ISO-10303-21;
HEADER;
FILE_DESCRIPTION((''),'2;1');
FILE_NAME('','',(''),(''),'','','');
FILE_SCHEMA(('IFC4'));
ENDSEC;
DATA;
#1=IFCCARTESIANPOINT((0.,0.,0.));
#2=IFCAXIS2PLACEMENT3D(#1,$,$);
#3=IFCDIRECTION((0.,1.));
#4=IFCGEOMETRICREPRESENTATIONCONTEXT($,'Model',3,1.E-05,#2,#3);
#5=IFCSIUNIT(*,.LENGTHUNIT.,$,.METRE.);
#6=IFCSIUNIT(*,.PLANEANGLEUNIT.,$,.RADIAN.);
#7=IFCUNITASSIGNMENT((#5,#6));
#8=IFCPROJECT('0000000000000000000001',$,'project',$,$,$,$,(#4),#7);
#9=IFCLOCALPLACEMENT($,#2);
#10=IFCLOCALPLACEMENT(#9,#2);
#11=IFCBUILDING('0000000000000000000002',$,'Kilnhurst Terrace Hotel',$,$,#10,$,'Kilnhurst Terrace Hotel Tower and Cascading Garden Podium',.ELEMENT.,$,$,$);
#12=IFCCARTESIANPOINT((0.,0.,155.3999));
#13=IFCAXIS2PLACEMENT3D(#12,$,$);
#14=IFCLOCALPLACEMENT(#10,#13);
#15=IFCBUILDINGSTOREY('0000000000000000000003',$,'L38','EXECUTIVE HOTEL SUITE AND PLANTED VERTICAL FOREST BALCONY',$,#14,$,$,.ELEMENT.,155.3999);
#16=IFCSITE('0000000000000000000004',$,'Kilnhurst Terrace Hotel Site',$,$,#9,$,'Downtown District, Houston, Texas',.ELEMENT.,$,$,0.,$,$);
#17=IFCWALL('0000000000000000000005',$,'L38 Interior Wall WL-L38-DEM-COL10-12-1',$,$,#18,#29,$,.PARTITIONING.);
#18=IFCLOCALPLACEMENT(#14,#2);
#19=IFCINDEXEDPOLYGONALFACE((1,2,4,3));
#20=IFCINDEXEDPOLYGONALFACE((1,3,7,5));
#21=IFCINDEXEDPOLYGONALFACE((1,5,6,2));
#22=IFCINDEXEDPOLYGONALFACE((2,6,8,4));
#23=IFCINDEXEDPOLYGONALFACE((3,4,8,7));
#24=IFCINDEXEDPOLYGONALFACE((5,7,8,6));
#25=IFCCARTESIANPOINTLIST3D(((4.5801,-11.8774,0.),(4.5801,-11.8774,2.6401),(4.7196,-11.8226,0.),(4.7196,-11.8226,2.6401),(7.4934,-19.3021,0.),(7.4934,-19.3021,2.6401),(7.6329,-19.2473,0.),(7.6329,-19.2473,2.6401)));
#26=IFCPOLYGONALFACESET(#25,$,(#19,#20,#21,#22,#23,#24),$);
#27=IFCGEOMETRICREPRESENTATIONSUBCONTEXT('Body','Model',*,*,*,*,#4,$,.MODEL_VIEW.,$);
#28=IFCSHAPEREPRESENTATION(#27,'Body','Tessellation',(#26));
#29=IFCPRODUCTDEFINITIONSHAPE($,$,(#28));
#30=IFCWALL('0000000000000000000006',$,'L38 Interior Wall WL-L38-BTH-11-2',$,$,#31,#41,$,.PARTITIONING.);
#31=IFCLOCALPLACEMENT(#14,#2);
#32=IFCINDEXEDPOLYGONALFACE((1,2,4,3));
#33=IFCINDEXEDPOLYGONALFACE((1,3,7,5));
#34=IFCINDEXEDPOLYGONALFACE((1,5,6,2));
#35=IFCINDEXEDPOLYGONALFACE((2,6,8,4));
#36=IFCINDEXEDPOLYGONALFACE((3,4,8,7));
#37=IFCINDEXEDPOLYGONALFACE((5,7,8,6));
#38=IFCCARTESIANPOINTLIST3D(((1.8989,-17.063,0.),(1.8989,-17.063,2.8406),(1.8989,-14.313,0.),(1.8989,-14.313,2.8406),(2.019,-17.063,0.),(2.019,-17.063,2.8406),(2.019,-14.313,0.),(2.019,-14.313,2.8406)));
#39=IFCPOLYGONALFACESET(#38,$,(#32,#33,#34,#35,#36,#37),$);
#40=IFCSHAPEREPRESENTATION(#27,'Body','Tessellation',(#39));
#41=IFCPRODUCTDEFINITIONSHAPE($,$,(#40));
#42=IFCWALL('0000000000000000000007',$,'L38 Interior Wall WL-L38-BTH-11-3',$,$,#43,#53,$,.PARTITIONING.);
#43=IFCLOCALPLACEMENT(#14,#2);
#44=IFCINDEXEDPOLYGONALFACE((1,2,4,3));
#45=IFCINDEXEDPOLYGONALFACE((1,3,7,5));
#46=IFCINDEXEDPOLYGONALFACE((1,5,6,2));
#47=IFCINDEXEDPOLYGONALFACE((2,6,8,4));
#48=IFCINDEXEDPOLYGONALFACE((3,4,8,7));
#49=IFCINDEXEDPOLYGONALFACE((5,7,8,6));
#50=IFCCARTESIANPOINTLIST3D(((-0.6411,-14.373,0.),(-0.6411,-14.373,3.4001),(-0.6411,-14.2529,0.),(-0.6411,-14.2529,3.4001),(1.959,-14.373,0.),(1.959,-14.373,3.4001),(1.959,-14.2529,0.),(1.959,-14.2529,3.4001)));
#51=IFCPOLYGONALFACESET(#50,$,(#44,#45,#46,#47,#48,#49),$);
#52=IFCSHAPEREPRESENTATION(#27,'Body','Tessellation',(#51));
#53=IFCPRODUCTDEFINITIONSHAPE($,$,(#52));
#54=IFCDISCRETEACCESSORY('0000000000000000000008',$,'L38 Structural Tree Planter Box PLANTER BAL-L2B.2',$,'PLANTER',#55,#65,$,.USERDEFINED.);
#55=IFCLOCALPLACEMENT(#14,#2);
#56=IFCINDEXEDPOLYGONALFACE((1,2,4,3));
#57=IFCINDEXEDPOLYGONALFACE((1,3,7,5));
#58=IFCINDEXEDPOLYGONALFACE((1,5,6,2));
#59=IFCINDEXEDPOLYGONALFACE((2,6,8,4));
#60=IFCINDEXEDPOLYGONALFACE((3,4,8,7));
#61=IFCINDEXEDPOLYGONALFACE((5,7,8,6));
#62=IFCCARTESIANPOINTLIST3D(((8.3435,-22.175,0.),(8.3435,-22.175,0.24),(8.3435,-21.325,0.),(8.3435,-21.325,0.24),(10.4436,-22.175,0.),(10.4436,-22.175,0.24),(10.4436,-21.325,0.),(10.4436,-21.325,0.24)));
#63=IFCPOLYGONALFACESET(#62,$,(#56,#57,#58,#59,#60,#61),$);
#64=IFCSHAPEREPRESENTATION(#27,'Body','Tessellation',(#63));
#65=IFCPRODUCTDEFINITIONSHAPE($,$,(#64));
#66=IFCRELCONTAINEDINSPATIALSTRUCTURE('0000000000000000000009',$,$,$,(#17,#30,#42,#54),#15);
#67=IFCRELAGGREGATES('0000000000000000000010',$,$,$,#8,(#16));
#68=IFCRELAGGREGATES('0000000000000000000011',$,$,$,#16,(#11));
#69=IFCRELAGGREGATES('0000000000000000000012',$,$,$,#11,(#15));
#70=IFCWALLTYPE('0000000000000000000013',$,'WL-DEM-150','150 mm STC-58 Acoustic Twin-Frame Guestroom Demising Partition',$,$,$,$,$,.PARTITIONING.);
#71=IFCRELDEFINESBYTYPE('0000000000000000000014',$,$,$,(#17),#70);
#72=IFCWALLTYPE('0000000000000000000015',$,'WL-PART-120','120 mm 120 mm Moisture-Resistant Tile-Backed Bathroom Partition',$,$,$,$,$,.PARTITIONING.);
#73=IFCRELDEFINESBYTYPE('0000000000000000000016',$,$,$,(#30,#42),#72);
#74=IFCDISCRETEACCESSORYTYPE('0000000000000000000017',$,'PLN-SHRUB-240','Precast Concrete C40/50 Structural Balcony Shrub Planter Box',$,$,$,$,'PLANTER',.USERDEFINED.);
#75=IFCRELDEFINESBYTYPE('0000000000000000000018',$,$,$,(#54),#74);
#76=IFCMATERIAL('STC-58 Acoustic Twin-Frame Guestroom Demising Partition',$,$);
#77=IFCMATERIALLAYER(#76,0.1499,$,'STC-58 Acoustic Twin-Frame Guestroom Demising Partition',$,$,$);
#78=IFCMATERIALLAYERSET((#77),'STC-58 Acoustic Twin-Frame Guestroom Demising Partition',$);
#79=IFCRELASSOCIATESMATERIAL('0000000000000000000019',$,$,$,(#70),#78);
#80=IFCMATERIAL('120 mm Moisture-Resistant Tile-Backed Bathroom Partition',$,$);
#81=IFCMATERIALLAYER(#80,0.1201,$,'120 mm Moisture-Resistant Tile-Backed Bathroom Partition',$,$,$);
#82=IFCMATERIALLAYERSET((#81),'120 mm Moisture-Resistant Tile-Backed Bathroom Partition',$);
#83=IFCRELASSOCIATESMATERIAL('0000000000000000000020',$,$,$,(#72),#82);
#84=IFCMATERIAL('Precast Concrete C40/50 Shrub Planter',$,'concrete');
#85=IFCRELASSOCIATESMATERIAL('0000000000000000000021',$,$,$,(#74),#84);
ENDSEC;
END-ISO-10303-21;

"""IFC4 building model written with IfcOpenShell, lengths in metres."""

from ifc_helpers import new_model, si_unit, direction, frame, frame_2d, origin, origin_2d, place, context, subcontext, project, spatial, rectangle, extrude, material, layer, layer_set, type_object, element, save


model = new_model("IFC4")

# Units and contexts
model_context = context("Model", 3, precision=1e-05, world=origin(), true_north=direction((0.0, 1.0)))
body_context = subcontext(model_context, "Body", "Model", "MODEL_VIEW")
ifc_project = project(units=[si_unit("LENGTHUNIT", "METRE"), si_unit("PLANEANGLEUNIT", "RADIAN")], contexts=[model_context])

# Site, building, storey
site_placement = place(None, origin())
site = spatial("IfcSite", under=ifc_project, at=site_placement, Name="Kilnhurst Terrace Hotel Site", LongName="Downtown District, Houston, Texas", CompositionType="ELEMENT", RefElevation=0.0)
building_placement = place(site_placement, origin())
building = spatial("IfcBuilding", under=site, at=building_placement, Name="Kilnhurst Terrace Hotel", LongName="Kilnhurst Terrace Hotel Tower and Cascading Garden Podium", CompositionType="ELEMENT")
storey_placement = place(building_placement, frame((0.0, 0.0, 155.3999)))
storey = spatial("IfcBuildingStorey", under=building, at=storey_placement, Name="L38", Description="EXECUTIVE HOTEL SUITE AND PLANTED VERTICAL FOREST BALCONY", CompositionType="ELEMENT", Elevation=155.3999)

# Walls
ifc_material_1 = material(Name="STC-58 Acoustic Twin-Frame Guestroom Demising Partition")
ifc_layer_1 = layer(ifc_material_1, 0.1499, Name="STC-58 Acoustic Twin-Frame Guestroom Demising Partition")
ifc_layer_set_1 = layer_set([ifc_layer_1], Name="STC-58 Acoustic Twin-Frame Guestroom Demising Partition")
wall_type_1 = type_object("IfcWallType", Name="WL-DEM-150", Description="150 mm STC-58 Acoustic Twin-Frame Guestroom Demising Partition", PredefinedType="PARTITIONING", material=ifc_layer_set_1)
wall_1_placement = place(storey_placement, frame((4.6499, -11.8501, 0.0), z_axis=(0.0, 0.0, 1.0), x_axis=(0.365266, -0.930903, 0.0)))
element("IfcWall", 1, at=wall_1_placement, inside=storey, type_object=wall_type_1, Name="L38 Interior Wall WL-L38-DEM-COL10-12-1", PredefinedType="PARTITIONING", context=body_context, shape_type="SweptSolid", body=[
    extrude(rectangle(XDim=7.9758, YDim=0.1499, at=frame_2d((3.9878, 0.0))), origin(), (0.0, 0.0, 1.0), 2.6401),
])
ifc_material_2 = material(Name="120 mm Moisture-Resistant Tile-Backed Bathroom Partition")
ifc_layer_2 = layer(ifc_material_2, 0.1201, Name="120 mm Moisture-Resistant Tile-Backed Bathroom Partition")
ifc_layer_set_2 = layer_set([ifc_layer_2], Name="120 mm Moisture-Resistant Tile-Backed Bathroom Partition")
wall_type_2 = type_object("IfcWallType", Name="WL-PART-120", Description="120 mm 120 mm Moisture-Resistant Tile-Backed Bathroom Partition", PredefinedType="PARTITIONING", material=ifc_layer_set_2)
wall_2_placement = place(storey_placement, frame((1.959, -17.063, 0.0), z_axis=(0.0, 0.0, 1.0), x_axis=(0.0, 1.0, 0.0)))
element("IfcWall", 2, at=wall_2_placement, inside=storey, type_object=wall_type_2, Name="L38 Interior Wall WL-L38-BTH-11-2", PredefinedType="PARTITIONING", context=body_context, shape_type="SweptSolid", body=[
    extrude(rectangle(XDim=2.75, YDim=0.1201, at=frame_2d((1.375, 0.0))), origin(), (0.0, 0.0, 1.0), 2.8406),
])
wall_3_placement = place(storey_placement, frame((1.959, -14.313, 0.0), z_axis=(0.0, 0.0, 1.0), x_axis=(-1.0, 0.0, 0.0)))
element("IfcWall", 3, at=wall_3_placement, inside=storey, type_object=wall_type_2, Name="L38 Interior Wall WL-L38-BTH-11-3", PredefinedType="PARTITIONING", context=body_context, shape_type="SweptSolid", body=[
    extrude(rectangle(XDim=2.6001, YDim=0.1201, at=frame_2d((1.3, 0.0))), origin(), (0.0, 0.0, 1.0), 3.4001),
])

# Discrete accessory
ifc_material_3 = material(Name="Precast Concrete C40/50 Shrub Planter", Category="concrete")
discrete_accessory_type = type_object("IfcDiscreteAccessoryType", Name="PLN-SHRUB-240", Description="Precast Concrete C40/50 Structural Balcony Shrub Planter Box", ElementType="PLANTER", PredefinedType="USERDEFINED", material=ifc_material_3)
discrete_accessory_placement = place(storey_placement, frame((9.3936, -21.75, 0.0), z_axis=(0.0, 0.0, 1.0), x_axis=(1.0, 0.0, 0.0)))
element("IfcDiscreteAccessory", 4, at=discrete_accessory_placement, inside=storey, type_object=discrete_accessory_type, Name="L38 Structural Tree Planter Box PLANTER BAL-L2B.2", ObjectType="PLANTER", PredefinedType="USERDEFINED", context=body_context, shape_type="SweptSolid", body=[
    extrude(rectangle(XDim=2.1001, YDim=0.8501, at=origin_2d()), origin(), (0.0, 0.0, 1.0), 0.24),
])

save(model, "model.ifc")
